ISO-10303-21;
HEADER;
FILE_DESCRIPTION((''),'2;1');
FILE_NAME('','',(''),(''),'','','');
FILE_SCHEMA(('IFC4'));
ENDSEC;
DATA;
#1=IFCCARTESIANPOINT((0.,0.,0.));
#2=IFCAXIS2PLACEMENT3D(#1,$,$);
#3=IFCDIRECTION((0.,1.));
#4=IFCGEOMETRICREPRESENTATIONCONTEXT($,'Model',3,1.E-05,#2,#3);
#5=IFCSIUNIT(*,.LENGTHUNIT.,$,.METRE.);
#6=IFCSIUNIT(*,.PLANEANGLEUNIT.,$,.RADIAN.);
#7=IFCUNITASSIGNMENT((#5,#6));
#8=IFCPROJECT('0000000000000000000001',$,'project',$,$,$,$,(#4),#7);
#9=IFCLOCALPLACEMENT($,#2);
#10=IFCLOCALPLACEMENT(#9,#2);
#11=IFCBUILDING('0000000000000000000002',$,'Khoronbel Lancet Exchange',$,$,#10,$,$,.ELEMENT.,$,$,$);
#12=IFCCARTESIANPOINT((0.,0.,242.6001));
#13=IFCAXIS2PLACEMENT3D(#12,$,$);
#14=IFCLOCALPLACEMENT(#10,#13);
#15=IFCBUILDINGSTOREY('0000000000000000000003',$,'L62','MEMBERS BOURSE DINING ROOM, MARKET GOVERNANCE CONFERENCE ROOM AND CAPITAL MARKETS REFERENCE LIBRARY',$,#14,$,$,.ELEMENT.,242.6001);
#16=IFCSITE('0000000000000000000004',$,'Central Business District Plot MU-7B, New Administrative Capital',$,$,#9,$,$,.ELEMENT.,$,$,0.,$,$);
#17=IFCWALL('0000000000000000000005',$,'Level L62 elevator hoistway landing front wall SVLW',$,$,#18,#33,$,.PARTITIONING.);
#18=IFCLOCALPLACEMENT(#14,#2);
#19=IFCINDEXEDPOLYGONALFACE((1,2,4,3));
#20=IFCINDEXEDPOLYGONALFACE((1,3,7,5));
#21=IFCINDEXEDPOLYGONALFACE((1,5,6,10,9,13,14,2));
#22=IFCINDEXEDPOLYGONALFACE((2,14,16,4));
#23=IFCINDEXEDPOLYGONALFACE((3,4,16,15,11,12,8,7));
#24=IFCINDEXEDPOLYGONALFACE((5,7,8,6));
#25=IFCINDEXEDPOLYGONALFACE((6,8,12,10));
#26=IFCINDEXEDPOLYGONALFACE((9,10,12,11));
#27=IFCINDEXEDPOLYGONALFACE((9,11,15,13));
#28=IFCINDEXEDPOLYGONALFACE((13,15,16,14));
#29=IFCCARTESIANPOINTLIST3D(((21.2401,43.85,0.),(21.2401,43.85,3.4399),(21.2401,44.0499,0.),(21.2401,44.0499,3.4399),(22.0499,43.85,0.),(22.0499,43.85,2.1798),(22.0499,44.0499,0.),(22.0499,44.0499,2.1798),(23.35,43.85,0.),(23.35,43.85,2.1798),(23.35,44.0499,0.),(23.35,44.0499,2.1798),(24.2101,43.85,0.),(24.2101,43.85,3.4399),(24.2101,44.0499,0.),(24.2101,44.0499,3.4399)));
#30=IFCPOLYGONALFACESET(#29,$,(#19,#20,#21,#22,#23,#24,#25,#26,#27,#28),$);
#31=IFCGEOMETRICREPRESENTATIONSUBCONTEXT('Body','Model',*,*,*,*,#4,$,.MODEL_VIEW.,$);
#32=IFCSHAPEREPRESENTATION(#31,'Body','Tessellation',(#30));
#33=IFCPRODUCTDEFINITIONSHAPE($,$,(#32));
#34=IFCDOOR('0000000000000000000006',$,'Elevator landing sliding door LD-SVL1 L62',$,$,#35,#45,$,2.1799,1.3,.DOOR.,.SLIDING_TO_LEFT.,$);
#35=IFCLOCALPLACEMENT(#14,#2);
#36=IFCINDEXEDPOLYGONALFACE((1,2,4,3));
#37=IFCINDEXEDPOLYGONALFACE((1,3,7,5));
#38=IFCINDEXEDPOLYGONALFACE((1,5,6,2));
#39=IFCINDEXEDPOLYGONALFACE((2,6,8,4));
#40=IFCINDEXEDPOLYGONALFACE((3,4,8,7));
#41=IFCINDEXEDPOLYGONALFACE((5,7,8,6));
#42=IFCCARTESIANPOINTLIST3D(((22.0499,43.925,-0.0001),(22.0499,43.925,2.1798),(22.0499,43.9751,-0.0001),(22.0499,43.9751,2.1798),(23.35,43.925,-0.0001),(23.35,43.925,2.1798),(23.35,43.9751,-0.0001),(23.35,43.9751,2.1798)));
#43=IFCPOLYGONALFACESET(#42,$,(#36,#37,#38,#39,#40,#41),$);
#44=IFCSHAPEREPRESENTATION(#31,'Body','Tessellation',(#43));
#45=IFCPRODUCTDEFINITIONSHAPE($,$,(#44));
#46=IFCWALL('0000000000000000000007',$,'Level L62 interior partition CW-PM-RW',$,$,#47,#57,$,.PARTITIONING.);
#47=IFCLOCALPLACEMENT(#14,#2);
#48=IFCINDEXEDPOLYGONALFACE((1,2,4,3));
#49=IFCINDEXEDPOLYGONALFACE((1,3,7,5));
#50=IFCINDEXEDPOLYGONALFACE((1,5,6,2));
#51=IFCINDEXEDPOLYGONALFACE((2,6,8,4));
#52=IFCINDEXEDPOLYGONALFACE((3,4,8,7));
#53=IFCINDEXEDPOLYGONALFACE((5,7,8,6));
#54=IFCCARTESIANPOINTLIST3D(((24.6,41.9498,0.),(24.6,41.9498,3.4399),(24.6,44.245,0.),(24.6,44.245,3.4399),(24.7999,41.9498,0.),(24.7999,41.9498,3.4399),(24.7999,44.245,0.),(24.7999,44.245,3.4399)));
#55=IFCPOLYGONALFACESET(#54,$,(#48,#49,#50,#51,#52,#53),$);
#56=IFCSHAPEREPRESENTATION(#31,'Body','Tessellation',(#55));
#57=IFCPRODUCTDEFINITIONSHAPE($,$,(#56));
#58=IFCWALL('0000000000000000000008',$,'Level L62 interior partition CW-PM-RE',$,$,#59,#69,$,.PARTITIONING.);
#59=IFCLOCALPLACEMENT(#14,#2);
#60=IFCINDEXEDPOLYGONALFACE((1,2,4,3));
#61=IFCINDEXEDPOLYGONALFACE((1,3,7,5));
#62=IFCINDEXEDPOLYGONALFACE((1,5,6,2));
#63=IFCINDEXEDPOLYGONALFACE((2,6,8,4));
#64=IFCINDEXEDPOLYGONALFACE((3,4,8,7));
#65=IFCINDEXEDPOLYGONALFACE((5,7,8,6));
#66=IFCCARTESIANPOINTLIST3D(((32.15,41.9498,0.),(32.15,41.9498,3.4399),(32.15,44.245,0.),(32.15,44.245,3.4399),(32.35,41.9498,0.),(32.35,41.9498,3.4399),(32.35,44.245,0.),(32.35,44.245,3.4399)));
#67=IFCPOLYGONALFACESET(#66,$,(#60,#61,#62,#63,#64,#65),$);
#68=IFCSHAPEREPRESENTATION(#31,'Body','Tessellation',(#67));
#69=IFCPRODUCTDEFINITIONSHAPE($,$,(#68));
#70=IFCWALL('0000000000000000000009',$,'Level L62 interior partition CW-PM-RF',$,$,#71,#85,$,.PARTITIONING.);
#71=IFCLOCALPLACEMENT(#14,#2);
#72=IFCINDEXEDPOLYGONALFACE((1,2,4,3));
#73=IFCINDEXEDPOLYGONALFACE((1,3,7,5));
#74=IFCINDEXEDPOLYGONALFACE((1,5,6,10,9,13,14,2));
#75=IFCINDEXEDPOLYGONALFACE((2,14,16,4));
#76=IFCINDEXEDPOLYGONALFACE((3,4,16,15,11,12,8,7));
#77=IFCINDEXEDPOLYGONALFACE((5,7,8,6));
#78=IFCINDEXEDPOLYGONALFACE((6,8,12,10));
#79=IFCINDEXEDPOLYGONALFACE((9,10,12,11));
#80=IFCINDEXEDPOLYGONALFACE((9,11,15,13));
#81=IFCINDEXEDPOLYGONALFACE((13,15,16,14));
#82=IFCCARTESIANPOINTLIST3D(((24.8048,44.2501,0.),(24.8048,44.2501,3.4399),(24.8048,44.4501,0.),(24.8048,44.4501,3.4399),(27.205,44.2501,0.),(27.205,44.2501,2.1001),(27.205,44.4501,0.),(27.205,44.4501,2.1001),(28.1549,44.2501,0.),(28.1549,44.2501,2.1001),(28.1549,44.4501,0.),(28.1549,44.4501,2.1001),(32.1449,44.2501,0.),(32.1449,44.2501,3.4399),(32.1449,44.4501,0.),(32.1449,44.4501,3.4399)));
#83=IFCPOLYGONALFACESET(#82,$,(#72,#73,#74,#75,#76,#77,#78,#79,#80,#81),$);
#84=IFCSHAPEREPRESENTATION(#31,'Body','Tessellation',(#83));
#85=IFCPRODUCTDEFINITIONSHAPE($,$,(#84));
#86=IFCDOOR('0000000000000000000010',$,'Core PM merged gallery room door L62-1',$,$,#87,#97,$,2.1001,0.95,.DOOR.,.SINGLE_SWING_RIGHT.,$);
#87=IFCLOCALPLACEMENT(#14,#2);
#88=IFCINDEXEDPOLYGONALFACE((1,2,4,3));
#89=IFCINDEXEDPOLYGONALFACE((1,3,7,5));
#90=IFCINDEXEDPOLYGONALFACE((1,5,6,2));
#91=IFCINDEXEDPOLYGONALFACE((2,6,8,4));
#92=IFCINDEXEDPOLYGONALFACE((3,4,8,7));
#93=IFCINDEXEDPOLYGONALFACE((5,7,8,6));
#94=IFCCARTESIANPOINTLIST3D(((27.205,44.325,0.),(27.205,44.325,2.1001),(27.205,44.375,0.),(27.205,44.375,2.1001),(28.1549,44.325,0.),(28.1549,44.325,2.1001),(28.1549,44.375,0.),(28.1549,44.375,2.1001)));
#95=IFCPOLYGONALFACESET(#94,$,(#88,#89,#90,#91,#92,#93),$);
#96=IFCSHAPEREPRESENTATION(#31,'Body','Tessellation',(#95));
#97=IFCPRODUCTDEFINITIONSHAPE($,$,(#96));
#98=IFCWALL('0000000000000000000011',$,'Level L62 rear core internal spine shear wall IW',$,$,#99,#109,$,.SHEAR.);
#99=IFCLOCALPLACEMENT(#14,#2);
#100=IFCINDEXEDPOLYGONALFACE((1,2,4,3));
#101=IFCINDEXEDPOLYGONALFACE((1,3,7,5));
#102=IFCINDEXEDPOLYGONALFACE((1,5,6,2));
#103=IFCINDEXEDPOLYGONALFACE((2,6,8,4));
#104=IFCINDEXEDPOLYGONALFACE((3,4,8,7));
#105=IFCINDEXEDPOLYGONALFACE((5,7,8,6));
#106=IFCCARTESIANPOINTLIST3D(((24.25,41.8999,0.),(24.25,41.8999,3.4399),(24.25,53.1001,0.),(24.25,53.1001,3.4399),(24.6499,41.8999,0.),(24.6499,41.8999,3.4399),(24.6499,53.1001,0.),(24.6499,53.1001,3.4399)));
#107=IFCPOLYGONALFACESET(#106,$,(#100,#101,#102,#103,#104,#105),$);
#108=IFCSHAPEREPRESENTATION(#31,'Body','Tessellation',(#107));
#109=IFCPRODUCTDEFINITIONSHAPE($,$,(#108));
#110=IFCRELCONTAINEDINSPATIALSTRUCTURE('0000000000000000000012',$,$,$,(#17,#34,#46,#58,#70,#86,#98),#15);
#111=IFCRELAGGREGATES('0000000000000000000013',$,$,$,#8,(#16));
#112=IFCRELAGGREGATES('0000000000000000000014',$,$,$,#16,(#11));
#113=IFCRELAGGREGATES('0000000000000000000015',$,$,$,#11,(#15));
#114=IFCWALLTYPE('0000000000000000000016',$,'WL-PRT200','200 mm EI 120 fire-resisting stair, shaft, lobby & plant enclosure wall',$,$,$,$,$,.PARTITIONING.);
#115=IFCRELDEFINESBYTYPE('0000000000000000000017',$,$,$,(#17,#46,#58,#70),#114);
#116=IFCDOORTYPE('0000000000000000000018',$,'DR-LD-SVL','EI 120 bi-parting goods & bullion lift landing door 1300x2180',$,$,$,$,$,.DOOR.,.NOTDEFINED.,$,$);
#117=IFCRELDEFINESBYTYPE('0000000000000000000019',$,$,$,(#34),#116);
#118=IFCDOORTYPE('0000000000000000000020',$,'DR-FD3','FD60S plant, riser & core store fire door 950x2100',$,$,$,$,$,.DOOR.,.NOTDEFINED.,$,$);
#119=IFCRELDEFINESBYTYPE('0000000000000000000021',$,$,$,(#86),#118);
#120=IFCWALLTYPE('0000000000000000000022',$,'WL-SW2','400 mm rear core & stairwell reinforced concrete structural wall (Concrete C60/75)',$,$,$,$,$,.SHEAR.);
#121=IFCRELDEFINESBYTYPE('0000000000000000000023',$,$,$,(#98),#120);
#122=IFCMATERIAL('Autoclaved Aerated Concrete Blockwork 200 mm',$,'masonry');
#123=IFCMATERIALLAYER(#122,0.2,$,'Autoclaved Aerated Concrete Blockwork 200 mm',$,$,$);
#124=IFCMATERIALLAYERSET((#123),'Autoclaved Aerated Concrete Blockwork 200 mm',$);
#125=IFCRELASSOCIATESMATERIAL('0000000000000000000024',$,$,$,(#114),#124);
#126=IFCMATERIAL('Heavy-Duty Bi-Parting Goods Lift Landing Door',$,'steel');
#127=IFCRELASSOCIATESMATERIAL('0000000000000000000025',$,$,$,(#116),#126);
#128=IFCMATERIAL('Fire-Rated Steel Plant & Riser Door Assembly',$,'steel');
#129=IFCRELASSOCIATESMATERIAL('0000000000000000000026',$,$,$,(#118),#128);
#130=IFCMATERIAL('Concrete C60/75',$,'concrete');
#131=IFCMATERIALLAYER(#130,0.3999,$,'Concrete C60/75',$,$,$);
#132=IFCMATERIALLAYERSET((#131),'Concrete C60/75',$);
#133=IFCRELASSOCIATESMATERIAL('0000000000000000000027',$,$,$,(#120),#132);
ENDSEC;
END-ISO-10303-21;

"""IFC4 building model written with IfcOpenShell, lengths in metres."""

from ifc_helpers import new_model, si_unit, direction, frame, frame_2d, origin, place, context, subcontext, project, spatial, rectangle, extrude, material, layer, layer_set, type_object, element, fill, save


model = new_model("IFC4")

# Units and contexts
model_context = context("Model", 3, precision=1e-05, world=origin(), true_north=direction((0.0, 1.0)))
body_context = subcontext(model_context, "Body", "Model", "MODEL_VIEW")
ifc_project = project(units=[si_unit("LENGTHUNIT", "METRE"), si_unit("PLANEANGLEUNIT", "RADIAN")], contexts=[model_context])

# Site, building, storey
site_placement = place(None, origin())
site = spatial("IfcSite", under=ifc_project, at=site_placement, Name="Central Business District Plot MU-7B, New Administrative Capital", CompositionType="ELEMENT", RefElevation=0.0)
building_placement = place(site_placement, origin())
building = spatial("IfcBuilding", under=site, at=building_placement, Name="Khoronbel Lancet Exchange", CompositionType="ELEMENT")
storey_placement = place(building_placement, frame((0.0, 0.0, 242.6001)))
storey = spatial("IfcBuildingStorey", under=building, at=storey_placement, Name="L62", Description="MEMBERS BOURSE DINING ROOM, MARKET GOVERNANCE CONFERENCE ROOM AND CAPITAL MARKETS REFERENCE LIBRARY", CompositionType="ELEMENT", Elevation=242.6001)

# Shared definitions
ifc_material_1 = material(Name="Concrete C60/75", Category="concrete")

# Wall, opening, door
ifc_material_2 = material(Name="Autoclaved Aerated Concrete Blockwork 200 mm", Category="masonry")
ifc_layer_1 = layer(ifc_material_2, 0.2, Name="Autoclaved Aerated Concrete Blockwork 200 mm")
ifc_layer_set_1 = layer_set([ifc_layer_1], Name="Autoclaved Aerated Concrete Blockwork 200 mm")
wall_type_1 = type_object("IfcWallType", Name="WL-PRT200", Description="200 mm EI 120 fire-resisting stair, shaft, lobby & plant enclosure wall", PredefinedType="PARTITIONING", material=ifc_layer_set_1)
wall_1_placement = place(storey_placement, frame((24.21, 43.95, 0.0), z_axis=(0.0, 0.0, 1.0), x_axis=(-1.0, 0.0, 0.0)))
wall_1 = element("IfcWall", 1, at=wall_1_placement, inside=storey, type_object=wall_type_1, Name="Level L62 elevator hoistway landing front wall SVLW", PredefinedType="PARTITIONING", context=body_context, shape_type="SweptSolid", body=[
    extrude(rectangle(XDim=2.97, YDim=0.2, at=frame_2d((1.4849, 0.0))), origin(), (0.0, 0.0, 1.0), 3.4399),
])
opening_1_placement = place(wall_1_placement, frame((0.8601, 0.0, 0.0)))
opening_1 = element("IfcOpeningElement", 2, at=opening_1_placement, cuts=wall_1, PredefinedType="OPENING", context=body_context, shape_type="SweptSolid", body=[
    extrude(rectangle(XDim=1.3, YDim=2.1799, at=frame_2d((0.6499, 1.0898))), frame((0.0, 0.1099, 0.0), z_axis=(0.0, -1.0, 0.0), x_axis=(1.0, 0.0, 0.0)), (0.0, 0.0, 1.0), 0.22),
])
ifc_material_3 = material(Name="Heavy-Duty Bi-Parting Goods Lift Landing Door", Category="steel")
door_type_1 = type_object("IfcDoorType", Name="DR-LD-SVL", Description="EI 120 bi-parting goods & bullion lift landing door 1300x2180", OperationType="NOTDEFINED", PredefinedType="DOOR", material=ifc_material_3)
door_1_placement = place(opening_1_placement, origin())
door_1 = element("IfcDoor", 3, at=door_1_placement, inside=storey, type_object=door_type_1, Name="Elevator landing sliding door LD-SVL1 L62", OperationType="SLIDING_TO_LEFT", OverallHeight=2.1799, OverallWidth=1.3, PredefinedType="DOOR", context=body_context, shape_type="SweptSolid", body=[
    extrude(rectangle(XDim=1.3, YDim=2.1799, at=frame_2d((0.6499, 1.0898))), frame((0.0, 0.0249, 0.0), z_axis=(0.0, -1.0, 0.0), x_axis=(1.0, 0.0, 0.0)), (0.0, 0.0, 1.0), 0.05),
])
fill(opening_1, door_1)

# Walls
for number, where, z_axis, x_axis, name in (
    (4, (24.7, 41.95, 0.0), (0.0, 0.0, 1.0), (0.0, 1.0, 0.0), "Level L62 interior partition CW-PM-RW"),
    (5, (32.25, 41.95, 0.0), (0.0, 0.0, 1.0), (0.0, 1.0, 0.0), "Level L62 interior partition CW-PM-RE"),
):
    element("IfcWall", number, at=place(storey_placement, frame(where, z_axis=z_axis, x_axis=x_axis)), inside=storey, type_object=wall_type_1, Name=name, PredefinedType="PARTITIONING", context=body_context, shape_type="SweptSolid", body=[
        extrude(rectangle(XDim=2.2952, YDim=0.2, at=frame_2d((1.1475, 0.0))), origin(), (0.0, 0.0, 1.0), 3.4399),
    ])

# Wall, opening, door
wall_2_placement = place(storey_placement, frame((24.8049, 44.3501, 0.0), z_axis=(0.0, 0.0, 1.0), x_axis=(1.0, 0.0, 0.0)))
wall_2 = element("IfcWall", 6, at=wall_2_placement, inside=storey, type_object=wall_type_1, Name="Level L62 interior partition CW-PM-RF", PredefinedType="PARTITIONING", context=body_context, shape_type="SweptSolid", body=[
    extrude(rectangle(XDim=7.3401, YDim=0.2, at=frame_2d((3.6699, 0.0))), origin(), (0.0, 0.0, 1.0), 3.4399),
])
opening_2_placement = place(wall_2_placement, frame((2.3999, 0.0, 0.0)))
opening_2 = element("IfcOpeningElement", 7, at=opening_2_placement, cuts=wall_2, PredefinedType="OPENING", context=body_context, shape_type="SweptSolid", body=[
    extrude(rectangle(XDim=0.95, YDim=2.1001, at=frame_2d((0.4751, 1.05))), frame((0.0, 0.1099, 0.0), z_axis=(0.0, -1.0, 0.0), x_axis=(1.0, 0.0, 0.0)), (0.0, 0.0, 1.0), 0.22),
])
ifc_material_4 = material(Name="Fire-Rated Steel Plant & Riser Door Assembly", Category="steel")
door_type_2 = type_object("IfcDoorType", Name="DR-FD3", Description="FD60S plant, riser & core store fire door 950x2100", OperationType="NOTDEFINED", PredefinedType="DOOR", material=ifc_material_4)
door_2_placement = place(opening_2_placement, origin())
door_2 = element("IfcDoor", 8, at=door_2_placement, inside=storey, type_object=door_type_2, Name="Core PM merged gallery room door L62-1", OperationType="SINGLE_SWING_RIGHT", OverallHeight=2.1001, OverallWidth=0.95, PredefinedType="DOOR", context=body_context, shape_type="SweptSolid", body=[
    extrude(rectangle(XDim=0.95, YDim=2.1001, at=frame_2d((0.4751, 1.05))), frame((0.0, 0.0249, 0.0), z_axis=(0.0, -1.0, 0.0), x_axis=(1.0, 0.0, 0.0)), (0.0, 0.0, 1.0), 0.05),
])
fill(opening_2, door_2)

# Wall
ifc_layer_2 = layer(ifc_material_1, 0.3999, Name="Concrete C60/75")
ifc_layer_set_2 = layer_set([ifc_layer_2], Name="Concrete C60/75")
wall_type_2 = type_object("IfcWallType", Name="WL-SW2", Description="400 mm rear core & stairwell reinforced concrete structural wall (Concrete C60/75)", PredefinedType="SHEAR", material=ifc_layer_set_2)
wall_3_placement = place(storey_placement, frame((24.45, 41.8999, 0.0), z_axis=(0.0, 0.0, 1.0), x_axis=(0.0, 1.0, 0.0)))
element("IfcWall", 9, at=wall_3_placement, inside=storey, type_object=wall_type_2, Name="Level L62 rear core internal spine shear wall IW", PredefinedType="SHEAR", context=body_context, shape_type="SweptSolid", body=[
    extrude(rectangle(XDim=11.2002, YDim=0.3999, at=frame_2d((5.6001, 0.0))), origin(), (0.0, 0.0, 1.0), 3.4399),
])

save(model, "model.ifc")
